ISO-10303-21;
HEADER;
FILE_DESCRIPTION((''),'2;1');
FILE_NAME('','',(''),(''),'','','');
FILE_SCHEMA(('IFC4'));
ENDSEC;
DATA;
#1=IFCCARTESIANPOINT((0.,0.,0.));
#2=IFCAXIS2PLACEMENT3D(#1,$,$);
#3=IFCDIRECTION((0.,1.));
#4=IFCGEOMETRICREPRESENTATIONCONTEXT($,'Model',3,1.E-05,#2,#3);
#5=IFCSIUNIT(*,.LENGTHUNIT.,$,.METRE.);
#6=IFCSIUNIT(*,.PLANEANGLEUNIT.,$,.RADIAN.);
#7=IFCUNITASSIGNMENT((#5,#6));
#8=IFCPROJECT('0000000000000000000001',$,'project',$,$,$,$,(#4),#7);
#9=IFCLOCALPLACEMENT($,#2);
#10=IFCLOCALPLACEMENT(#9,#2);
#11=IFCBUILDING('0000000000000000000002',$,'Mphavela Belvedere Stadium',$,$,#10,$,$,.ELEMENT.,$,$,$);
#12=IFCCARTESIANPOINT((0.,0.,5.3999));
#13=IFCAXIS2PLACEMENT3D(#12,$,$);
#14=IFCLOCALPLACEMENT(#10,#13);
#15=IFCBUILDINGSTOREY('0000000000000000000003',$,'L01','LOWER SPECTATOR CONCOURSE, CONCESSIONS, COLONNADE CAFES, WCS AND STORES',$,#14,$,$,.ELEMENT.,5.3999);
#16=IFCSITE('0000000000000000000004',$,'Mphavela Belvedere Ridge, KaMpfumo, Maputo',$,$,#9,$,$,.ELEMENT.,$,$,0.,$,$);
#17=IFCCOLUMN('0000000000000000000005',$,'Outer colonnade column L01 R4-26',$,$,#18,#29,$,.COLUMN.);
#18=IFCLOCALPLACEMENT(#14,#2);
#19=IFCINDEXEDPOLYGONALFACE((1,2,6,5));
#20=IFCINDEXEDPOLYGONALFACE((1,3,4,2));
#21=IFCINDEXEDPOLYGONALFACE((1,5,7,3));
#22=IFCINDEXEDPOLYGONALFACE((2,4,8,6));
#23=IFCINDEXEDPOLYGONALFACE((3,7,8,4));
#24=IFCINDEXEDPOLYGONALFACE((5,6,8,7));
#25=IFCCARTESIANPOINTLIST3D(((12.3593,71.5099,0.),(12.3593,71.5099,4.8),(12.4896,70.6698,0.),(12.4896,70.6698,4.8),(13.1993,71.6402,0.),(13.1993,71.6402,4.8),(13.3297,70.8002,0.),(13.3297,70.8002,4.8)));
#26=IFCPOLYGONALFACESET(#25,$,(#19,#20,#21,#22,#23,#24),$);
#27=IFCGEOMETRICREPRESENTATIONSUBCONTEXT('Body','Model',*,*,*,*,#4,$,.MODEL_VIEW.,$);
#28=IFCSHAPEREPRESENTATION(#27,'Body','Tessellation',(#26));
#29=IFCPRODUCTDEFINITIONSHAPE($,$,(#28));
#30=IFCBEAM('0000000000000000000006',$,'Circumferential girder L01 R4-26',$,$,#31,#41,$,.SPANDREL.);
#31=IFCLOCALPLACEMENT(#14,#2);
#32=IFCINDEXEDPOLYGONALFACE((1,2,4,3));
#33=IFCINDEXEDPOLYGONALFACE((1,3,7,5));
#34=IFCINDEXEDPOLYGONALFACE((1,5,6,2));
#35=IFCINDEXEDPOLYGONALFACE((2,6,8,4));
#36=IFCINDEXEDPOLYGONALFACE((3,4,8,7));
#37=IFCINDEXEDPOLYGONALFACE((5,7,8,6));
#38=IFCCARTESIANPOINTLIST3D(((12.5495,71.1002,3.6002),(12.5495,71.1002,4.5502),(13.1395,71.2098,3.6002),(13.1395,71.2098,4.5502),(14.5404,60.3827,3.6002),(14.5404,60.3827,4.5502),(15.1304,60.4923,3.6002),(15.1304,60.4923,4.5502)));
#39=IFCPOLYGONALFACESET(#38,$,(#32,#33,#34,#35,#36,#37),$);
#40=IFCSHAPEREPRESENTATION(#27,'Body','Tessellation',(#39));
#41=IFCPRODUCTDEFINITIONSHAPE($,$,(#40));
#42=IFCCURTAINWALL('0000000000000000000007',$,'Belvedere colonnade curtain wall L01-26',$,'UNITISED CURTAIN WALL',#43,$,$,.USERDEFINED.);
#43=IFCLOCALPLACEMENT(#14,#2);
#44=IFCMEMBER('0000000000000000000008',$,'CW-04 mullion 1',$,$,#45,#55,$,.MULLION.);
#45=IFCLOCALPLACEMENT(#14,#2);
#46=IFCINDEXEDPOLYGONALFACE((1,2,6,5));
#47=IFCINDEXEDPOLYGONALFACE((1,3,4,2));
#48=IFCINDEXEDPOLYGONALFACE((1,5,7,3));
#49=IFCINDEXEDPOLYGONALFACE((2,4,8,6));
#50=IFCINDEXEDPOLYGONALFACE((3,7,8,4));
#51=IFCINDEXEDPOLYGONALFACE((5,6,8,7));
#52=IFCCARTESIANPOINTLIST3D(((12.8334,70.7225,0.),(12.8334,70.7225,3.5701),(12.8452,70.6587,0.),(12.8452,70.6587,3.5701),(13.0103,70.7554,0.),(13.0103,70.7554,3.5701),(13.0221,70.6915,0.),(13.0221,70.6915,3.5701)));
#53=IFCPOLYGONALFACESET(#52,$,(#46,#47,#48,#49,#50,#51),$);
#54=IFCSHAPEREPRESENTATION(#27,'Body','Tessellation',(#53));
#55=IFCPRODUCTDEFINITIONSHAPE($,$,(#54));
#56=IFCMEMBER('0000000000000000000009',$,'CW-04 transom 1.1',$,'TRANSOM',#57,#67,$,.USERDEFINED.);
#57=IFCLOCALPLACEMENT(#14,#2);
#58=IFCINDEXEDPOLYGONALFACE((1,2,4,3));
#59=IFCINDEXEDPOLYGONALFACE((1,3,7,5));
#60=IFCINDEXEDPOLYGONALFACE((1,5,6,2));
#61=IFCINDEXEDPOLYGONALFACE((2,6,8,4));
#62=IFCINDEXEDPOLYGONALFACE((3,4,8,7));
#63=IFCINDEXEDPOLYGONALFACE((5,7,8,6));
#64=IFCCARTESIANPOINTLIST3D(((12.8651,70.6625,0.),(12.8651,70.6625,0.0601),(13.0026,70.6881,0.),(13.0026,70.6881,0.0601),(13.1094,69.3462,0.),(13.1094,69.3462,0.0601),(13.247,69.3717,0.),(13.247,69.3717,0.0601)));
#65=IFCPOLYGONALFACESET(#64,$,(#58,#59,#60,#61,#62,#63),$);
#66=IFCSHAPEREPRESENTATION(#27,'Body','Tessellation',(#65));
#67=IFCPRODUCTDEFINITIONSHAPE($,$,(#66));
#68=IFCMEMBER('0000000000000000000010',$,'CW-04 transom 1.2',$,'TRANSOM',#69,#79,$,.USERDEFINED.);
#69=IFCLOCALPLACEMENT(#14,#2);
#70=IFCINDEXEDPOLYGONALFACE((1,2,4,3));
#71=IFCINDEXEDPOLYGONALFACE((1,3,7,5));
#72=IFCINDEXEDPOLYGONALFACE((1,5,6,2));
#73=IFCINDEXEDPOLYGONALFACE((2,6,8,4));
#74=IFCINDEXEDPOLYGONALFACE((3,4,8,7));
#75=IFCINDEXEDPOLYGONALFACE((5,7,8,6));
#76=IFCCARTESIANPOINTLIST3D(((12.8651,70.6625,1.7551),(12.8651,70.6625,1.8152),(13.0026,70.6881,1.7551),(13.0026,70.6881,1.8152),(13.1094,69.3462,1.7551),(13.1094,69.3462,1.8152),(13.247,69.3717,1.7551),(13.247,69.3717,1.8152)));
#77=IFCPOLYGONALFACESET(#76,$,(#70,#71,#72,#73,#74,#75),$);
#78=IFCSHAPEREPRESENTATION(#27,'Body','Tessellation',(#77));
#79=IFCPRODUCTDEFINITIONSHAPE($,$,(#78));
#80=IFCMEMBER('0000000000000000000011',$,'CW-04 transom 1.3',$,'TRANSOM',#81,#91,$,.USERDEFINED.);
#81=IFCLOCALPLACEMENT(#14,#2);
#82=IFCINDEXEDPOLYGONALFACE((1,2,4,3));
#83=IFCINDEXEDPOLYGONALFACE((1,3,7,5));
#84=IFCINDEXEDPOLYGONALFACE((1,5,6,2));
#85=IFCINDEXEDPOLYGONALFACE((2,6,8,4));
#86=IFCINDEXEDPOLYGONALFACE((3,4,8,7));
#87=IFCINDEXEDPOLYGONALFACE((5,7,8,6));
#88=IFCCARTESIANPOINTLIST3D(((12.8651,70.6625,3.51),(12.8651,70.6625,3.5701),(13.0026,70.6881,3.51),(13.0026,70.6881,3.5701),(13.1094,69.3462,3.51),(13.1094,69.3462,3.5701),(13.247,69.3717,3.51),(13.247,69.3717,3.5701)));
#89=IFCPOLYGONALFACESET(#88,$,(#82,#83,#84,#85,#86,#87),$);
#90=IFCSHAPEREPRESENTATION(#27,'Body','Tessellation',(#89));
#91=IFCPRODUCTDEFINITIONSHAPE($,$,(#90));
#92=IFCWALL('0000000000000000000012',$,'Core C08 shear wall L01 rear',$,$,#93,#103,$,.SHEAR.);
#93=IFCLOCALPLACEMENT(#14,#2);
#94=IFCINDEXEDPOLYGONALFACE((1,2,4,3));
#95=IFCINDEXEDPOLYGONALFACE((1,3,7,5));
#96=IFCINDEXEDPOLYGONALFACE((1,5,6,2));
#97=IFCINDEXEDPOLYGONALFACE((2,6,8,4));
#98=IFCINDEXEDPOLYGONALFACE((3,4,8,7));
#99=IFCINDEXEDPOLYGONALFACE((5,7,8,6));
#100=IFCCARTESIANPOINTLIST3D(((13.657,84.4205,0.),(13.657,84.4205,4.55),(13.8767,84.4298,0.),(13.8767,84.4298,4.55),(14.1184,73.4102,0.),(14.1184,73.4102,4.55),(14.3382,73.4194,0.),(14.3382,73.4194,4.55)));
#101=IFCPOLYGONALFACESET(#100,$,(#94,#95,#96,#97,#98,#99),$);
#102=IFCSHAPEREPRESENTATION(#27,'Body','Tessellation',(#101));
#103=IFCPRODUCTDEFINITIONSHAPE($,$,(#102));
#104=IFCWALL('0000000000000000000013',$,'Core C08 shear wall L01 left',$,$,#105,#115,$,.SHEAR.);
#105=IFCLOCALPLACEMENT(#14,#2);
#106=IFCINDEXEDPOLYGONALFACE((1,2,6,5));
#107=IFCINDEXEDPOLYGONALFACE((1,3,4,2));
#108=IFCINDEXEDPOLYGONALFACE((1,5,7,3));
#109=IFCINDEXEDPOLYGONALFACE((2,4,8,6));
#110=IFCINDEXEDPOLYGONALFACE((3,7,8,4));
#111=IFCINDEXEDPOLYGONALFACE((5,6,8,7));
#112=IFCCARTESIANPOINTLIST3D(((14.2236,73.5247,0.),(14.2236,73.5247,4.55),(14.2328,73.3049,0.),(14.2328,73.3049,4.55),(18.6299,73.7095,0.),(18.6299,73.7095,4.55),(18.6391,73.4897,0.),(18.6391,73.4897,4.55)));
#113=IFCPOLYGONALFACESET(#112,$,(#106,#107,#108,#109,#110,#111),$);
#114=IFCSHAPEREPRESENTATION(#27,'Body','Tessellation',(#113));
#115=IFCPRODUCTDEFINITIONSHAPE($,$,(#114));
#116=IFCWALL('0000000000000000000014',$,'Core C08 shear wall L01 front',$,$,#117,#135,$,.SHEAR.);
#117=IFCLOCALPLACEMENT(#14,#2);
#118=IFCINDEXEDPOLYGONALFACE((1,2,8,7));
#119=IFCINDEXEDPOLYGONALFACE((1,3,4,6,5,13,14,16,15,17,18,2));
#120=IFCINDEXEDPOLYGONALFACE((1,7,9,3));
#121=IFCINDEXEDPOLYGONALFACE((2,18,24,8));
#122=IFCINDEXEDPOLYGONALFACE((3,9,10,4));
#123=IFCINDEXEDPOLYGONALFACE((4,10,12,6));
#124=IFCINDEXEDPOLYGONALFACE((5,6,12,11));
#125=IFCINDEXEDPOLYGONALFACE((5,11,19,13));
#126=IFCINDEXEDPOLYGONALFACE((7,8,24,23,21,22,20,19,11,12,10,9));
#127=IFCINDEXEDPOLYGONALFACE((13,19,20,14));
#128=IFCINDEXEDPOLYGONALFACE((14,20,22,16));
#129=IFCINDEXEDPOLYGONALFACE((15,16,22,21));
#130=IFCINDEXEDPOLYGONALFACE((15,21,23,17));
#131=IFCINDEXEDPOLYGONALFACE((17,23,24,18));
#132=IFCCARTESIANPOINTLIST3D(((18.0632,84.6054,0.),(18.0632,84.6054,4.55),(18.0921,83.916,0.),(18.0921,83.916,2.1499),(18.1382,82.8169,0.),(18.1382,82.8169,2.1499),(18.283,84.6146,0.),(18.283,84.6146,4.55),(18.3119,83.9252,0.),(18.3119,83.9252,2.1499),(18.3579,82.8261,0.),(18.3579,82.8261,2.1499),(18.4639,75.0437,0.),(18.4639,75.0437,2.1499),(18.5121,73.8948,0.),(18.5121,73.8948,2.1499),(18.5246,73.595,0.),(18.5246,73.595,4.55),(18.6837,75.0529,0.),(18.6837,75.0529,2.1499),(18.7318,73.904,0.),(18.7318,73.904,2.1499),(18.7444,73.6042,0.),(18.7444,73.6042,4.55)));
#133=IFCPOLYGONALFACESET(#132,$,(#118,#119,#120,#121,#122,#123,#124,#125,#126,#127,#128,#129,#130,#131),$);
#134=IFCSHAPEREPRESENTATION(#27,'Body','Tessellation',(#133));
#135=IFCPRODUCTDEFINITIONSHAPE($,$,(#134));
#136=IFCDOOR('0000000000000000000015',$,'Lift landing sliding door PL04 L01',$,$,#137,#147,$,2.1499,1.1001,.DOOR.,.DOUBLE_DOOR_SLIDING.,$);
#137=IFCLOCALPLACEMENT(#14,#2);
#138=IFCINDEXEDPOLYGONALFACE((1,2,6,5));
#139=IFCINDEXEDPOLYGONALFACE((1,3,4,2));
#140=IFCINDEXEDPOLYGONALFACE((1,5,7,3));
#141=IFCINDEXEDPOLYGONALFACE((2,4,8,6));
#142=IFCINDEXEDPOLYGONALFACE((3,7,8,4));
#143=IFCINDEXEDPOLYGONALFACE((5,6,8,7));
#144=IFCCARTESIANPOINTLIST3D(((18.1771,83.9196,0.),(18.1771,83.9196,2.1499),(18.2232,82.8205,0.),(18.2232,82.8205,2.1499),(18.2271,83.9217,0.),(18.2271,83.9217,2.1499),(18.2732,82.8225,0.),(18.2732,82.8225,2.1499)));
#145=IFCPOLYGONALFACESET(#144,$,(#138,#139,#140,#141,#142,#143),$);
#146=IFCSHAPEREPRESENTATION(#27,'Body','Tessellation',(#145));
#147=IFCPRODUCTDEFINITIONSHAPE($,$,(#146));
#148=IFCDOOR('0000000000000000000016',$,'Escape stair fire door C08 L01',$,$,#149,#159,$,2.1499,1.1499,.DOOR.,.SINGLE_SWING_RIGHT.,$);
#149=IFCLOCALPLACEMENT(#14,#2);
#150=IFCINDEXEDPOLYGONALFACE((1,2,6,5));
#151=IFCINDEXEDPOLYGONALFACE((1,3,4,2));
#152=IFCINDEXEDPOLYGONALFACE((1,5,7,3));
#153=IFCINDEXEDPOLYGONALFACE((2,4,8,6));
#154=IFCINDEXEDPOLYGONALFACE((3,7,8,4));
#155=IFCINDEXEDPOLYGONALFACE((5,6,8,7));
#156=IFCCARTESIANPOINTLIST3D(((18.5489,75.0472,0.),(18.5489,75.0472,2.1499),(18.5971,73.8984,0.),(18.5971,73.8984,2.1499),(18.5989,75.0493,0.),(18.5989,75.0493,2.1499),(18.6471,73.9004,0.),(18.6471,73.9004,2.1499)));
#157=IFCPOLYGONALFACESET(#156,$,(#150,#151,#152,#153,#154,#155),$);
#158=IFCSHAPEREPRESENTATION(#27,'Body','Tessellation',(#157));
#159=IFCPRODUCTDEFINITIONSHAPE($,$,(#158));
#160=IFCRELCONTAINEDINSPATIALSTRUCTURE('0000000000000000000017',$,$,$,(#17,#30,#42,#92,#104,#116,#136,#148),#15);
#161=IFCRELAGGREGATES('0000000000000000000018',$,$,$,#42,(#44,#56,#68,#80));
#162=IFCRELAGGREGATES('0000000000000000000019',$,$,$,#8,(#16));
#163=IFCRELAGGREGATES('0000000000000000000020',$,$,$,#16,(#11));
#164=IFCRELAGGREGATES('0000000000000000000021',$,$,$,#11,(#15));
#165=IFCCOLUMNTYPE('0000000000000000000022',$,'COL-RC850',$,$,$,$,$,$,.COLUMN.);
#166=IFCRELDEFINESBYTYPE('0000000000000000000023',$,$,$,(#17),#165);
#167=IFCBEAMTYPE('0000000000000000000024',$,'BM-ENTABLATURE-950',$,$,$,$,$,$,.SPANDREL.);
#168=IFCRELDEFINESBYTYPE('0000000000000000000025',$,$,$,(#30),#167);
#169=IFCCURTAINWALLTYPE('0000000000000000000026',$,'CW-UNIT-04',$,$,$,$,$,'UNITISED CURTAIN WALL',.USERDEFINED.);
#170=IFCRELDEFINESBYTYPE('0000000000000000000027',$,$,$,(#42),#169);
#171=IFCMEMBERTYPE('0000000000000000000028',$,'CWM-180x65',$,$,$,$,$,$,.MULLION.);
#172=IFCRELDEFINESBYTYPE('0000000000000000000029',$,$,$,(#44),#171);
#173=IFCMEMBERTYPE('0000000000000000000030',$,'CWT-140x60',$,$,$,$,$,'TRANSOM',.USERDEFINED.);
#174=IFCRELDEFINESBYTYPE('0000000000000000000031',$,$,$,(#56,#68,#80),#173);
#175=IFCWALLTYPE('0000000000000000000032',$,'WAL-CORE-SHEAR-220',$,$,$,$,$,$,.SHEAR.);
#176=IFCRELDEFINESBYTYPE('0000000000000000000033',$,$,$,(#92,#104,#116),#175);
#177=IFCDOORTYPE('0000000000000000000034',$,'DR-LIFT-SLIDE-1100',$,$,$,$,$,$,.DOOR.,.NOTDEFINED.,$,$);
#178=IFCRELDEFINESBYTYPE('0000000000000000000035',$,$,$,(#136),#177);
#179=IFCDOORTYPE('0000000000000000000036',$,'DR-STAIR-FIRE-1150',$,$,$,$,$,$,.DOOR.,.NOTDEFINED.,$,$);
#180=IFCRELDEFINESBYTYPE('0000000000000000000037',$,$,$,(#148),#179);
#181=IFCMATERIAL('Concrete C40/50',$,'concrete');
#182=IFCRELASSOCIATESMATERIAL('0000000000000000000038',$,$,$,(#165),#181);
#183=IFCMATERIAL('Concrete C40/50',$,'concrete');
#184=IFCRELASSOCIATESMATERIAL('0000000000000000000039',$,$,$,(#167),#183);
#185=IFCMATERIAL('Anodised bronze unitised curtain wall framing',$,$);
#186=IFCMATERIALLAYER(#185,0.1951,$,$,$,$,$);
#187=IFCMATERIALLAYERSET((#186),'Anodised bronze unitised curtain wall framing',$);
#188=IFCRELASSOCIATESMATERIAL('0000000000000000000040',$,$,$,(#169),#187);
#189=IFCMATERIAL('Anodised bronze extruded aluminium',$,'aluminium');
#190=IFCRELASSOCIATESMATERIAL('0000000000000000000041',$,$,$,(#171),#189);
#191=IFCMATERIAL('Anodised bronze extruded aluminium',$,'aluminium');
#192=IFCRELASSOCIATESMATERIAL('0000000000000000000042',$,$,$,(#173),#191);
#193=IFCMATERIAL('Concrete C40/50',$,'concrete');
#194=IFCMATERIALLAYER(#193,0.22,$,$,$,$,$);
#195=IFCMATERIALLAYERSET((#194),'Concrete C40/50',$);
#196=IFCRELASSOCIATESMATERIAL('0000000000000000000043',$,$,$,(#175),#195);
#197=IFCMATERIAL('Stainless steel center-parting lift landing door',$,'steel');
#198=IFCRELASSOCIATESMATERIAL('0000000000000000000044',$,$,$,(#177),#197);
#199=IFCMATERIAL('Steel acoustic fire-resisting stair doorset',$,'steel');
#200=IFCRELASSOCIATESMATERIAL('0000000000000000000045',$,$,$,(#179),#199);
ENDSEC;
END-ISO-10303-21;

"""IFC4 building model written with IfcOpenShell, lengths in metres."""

from ifc_helpers import new_model, si_unit, direction, frame, frame_2d, origin, origin_2d, place, context, subcontext, project, spatial, rectangle, extrude, material, layer, layer_set, material_profile, profile_set, type_object, element, fill, aggregate, save


model = new_model("IFC4")

# Units and contexts
model_context = context("Model", 3, precision=1e-05, world=origin(), true_north=direction((0.0, 1.0)))
body_context = subcontext(model_context, "Body", "Model", "MODEL_VIEW")
ifc_project = project(units=[si_unit("LENGTHUNIT", "METRE"), si_unit("PLANEANGLEUNIT", "RADIAN")], contexts=[model_context])

# Site, building, storey
site_placement = place(None, origin())
site = spatial("IfcSite", under=ifc_project, at=site_placement, Name="Mphavela Belvedere Ridge, KaMpfumo, Maputo", CompositionType="ELEMENT", RefElevation=0.0)
building_placement = place(site_placement, origin())
building = spatial("IfcBuilding", under=site, at=building_placement, Name="Mphavela Belvedere Stadium", CompositionType="ELEMENT")
storey_placement = place(building_placement, frame((0.0, 0.0, 5.3999)))
storey = spatial("IfcBuildingStorey", under=building, at=storey_placement, Name="L01", Description="LOWER SPECTATOR CONCOURSE, CONCESSIONS, COLONNADE CAFES, WCS AND STORES", CompositionType="ELEMENT", Elevation=5.3999)

# Column
ifc_material_1 = material(Name="Concrete C40/50", Category="concrete")
ifc_material_profile_1 = material_profile(ifc_material_1, rectangle(XDim=0.8501, YDim=0.8501, at=origin_2d()), Name="RC 850x850")
ifc_profile_set_1 = profile_set([ifc_material_profile_1], Name="Concrete C40/50")
column_type = type_object("IfcColumnType", Name="COL-RC850", PredefinedType="COLUMN", material=ifc_profile_set_1)
column_placement = place(storey_placement, frame((12.8445, 71.155, 0.0), z_axis=(0.0, 0.0, 1.0), x_axis=(-0.988175, -0.153331, 0.0)))
element("IfcColumn", 1, at=column_placement, inside=storey, type_object=column_type, Name="Outer colonnade column L01 R4-26", PredefinedType="COLUMN", context=body_context, shape_type="SweptSolid", body=[
    extrude(rectangle(XDim=0.8501, YDim=0.8501, at=origin_2d()), origin(), (0.0, 0.0, 1.0), 4.8),
])

# Beam
ifc_material_2 = material(Name="Concrete C40/50", Category="concrete")
ifc_material_profile_2 = material_profile(ifc_material_2, rectangle(XDim=0.6001, YDim=0.95, at=origin_2d()), Name="RC 600x950")
ifc_profile_set_2 = profile_set([ifc_material_profile_2], Name="Concrete C40/50")
beam_type = type_object("IfcBeamType", Name="BM-ENTABLATURE-950", PredefinedType="SPANDREL", material=ifc_profile_set_2)
beam_placement = place(storey_placement, frame((12.8445, 71.155, 4.0752), z_axis=(0.182643, -0.983179, 0.0), x_axis=(0.983179, 0.182643, 0.0)))
element("IfcBeam", 2, at=beam_placement, inside=storey, type_object=beam_type, Name="Circumferential girder L01 R4-26", PredefinedType="SPANDREL", context=body_context, shape_type="SweptSolid", body=[
    extrude(rectangle(XDim=0.6001, YDim=0.95, at=origin_2d()), origin(), (0.0, 0.0, 1.0), 10.9009),
])

# Curtain wall, members
ifc_material_3 = material(Name="Anodised bronze unitised curtain wall framing")
ifc_layer_1 = layer(ifc_material_3, 0.1951)
ifc_layer_set_1 = layer_set([ifc_layer_1], Name="Anodised bronze unitised curtain wall framing")
curtain_wall_type = type_object("IfcCurtainWallType", Name="CW-UNIT-04", ElementType="UNITISED CURTAIN WALL", PredefinedType="USERDEFINED", material=ifc_layer_set_1)
curtain_wall_placement = place(storey_placement, origin())
curtain_wall = element("IfcCurtainWall", 3, at=curtain_wall_placement, inside=storey, type_object=curtain_wall_type, Name="Belvedere colonnade curtain wall L01-26", ObjectType="UNITISED CURTAIN WALL", PredefinedType="USERDEFINED")
ifc_material_4 = material(Name="Anodised bronze extruded aluminium", Category="aluminium")
ifc_material_profile_3 = material_profile(ifc_material_4, rectangle(XDim=0.1799, YDim=0.0649, at=origin_2d()), Name="CW-MUL 180x65")
ifc_profile_set_3 = profile_set([ifc_material_profile_3], Name="Anodised bronze extruded aluminium")
member_type_1 = type_object("IfcMemberType", Name="CWM-180x65", PredefinedType="MULLION", material=ifc_profile_set_3)
member_1_placement = place(storey_placement, frame((12.9277, 70.707, 0.0), z_axis=(0.0, 0.0, 1.0), x_axis=(0.983184, 0.18262, 0.0)))
member_1 = element("IfcMember", 4, at=member_1_placement, type_object=member_type_1, Name="CW-04 mullion 1", PredefinedType="MULLION", context=body_context, shape_type="SweptSolid", body=[
    extrude(rectangle(XDim=0.1799, YDim=0.0649, at=origin_2d()), origin(), (0.0, 0.0, 1.0), 3.5701),
])
ifc_material_5 = material(Name="Anodised bronze extruded aluminium", Category="aluminium")
ifc_material_profile_4 = material_profile(ifc_material_5, rectangle(XDim=0.1399, YDim=0.0601, at=origin_2d()), Name="CW-TRN 140x60")
ifc_profile_set_4 = profile_set([ifc_material_profile_4], Name="Anodised bronze extruded aluminium")
member_type_2 = type_object("IfcMemberType", Name="CWT-140x60", ElementType="TRANSOM", PredefinedType="USERDEFINED", material=ifc_profile_set_4)
member_2_placement = place(storey_placement, frame((12.9338, 70.6753, 0.03), z_axis=(0.182527, -0.983201, 0.0), x_axis=(0.983201, 0.182527, 0.0)))
member_2 = element("IfcMember", 5, at=member_2_placement, type_object=member_type_2, Name="CW-04 transom 1.1", ObjectType="TRANSOM", PredefinedType="USERDEFINED", context=body_context, shape_type="SweptSolid", body=[
    extrude(rectangle(XDim=0.1399, YDim=0.0601, at=origin_2d()), origin(), (0.0, 0.0, 1.0), 1.3389),
])
member_3_placement = place(storey_placement, frame((12.9338, 70.6753, 1.7852), z_axis=(0.182527, -0.983201, 0.0), x_axis=(0.983201, 0.182527, 0.0)))
member_3 = element("IfcMember", 6, at=member_3_placement, type_object=member_type_2, Name="CW-04 transom 1.2", ObjectType="TRANSOM", PredefinedType="USERDEFINED", context=body_context, shape_type="SweptSolid", body=[
    extrude(rectangle(XDim=0.1399, YDim=0.0601, at=origin_2d()), origin(), (0.0, 0.0, 1.0), 1.3389),
])
member_4_placement = place(storey_placement, frame((12.9338, 70.6753, 3.54), z_axis=(0.182527, -0.983201, 0.0), x_axis=(0.983201, 0.182527, 0.0)))
member_4 = element("IfcMember", 7, at=member_4_placement, type_object=member_type_2, Name="CW-04 transom 1.3", ObjectType="TRANSOM", PredefinedType="USERDEFINED", context=body_context, shape_type="SweptSolid", body=[
    extrude(rectangle(XDim=0.1399, YDim=0.0601, at=origin_2d()), origin(), (0.0, 0.0, 1.0), 1.3389),
])
aggregate(curtain_wall, [member_1, member_2, member_3, member_4])

# Walls
ifc_material_6 = material(Name="Concrete C40/50", Category="concrete")
ifc_layer_2 = layer(ifc_material_6, 0.22)
ifc_layer_set_2 = layer_set([ifc_layer_2], Name="Concrete C40/50")
wall_type = type_object("IfcWallType", Name="WAL-CORE-SHEAR-220", PredefinedType="SHEAR", material=ifc_layer_set_2)
wall_1_placement = place(storey_placement, frame((14.2283, 73.4148, 0.0), z_axis=(0.0, 0.0, 1.0), x_axis=(-0.041872, 0.999123, 0.0)))
element("IfcWall", 8, at=wall_1_placement, inside=storey, type_object=wall_type, Name="Core C08 shear wall L01 rear", PredefinedType="SHEAR", context=body_context, shape_type="SweptSolid", body=[
    extrude(rectangle(XDim=11.02, YDim=0.22, at=frame_2d((5.51, 0.0))), origin(), (0.0, 0.0, 1.0), 4.55),
])
wall_2_placement = place(storey_placement, frame((18.6345, 73.5996, 0.0), z_axis=(0.0, 0.0, 1.0), x_axis=(-0.999122, -0.041907, 0.0)))
element("IfcWall", 9, at=wall_2_placement, inside=storey, type_object=wall_type, Name="Core C08 shear wall L01 left", PredefinedType="SHEAR", context=body_context, shape_type="SweptSolid", body=[
    extrude(rectangle(XDim=4.4102, YDim=0.22, at=frame_2d((2.2051, 0.0))), origin(), (0.0, 0.0, 1.0), 4.55),
])

# Wall, openings, doors
wall_3_placement = place(storey_placement, frame((18.6345, 73.5996, 0.0), z_axis=(0.0, 0.0, 1.0), x_axis=(-0.041872, 0.999123, 0.0)))
wall_3 = element("IfcWall", 10, at=wall_3_placement, inside=storey, type_object=wall_type, Name="Core C08 shear wall L01 front", PredefinedType="SHEAR", context=body_context, shape_type="SweptSolid", body=[
    extrude(rectangle(XDim=11.02, YDim=0.22, at=frame_2d((5.51, 0.0))), origin(), (0.0, 0.0, 1.0), 4.55),
])
opening_1_placement = place(wall_3_placement, frame((0.3, 0.0, 0.0)))
opening_1 = element("IfcOpeningElement", 11, at=opening_1_placement, cuts=wall_3, PredefinedType="OPENING", context=body_context, shape_type="SweptSolid", body=[
    extrude(rectangle(XDim=1.1499, YDim=2.1499, at=frame_2d((0.575, 1.075))), frame((0.0, 0.1201, 0.0), z_axis=(0.0, -1.0, 0.0), x_axis=(1.0, 0.0, 0.0)), (0.0, 0.0, 1.0), 0.24),
])
opening_2_placement = place(wall_3_placement, frame((9.23, 0.0, 0.0)))
opening_2 = element("IfcOpeningElement", 12, at=opening_2_placement, cuts=wall_3, PredefinedType="OPENING", context=body_context, shape_type="SweptSolid", body=[
    extrude(rectangle(XDim=1.1001, YDim=2.1499, at=frame_2d((0.55, 1.075))), frame((0.0, 0.1201, 0.0), z_axis=(0.0, -1.0, 0.0), x_axis=(1.0, 0.0, 0.0)), (0.0, 0.0, 1.0), 0.24),
])
ifc_material_7 = material(Name="Stainless steel center-parting lift landing door", Category="steel")
door_type_1 = type_object("IfcDoorType", Name="DR-LIFT-SLIDE-1100", OperationType="NOTDEFINED", PredefinedType="DOOR", material=ifc_material_7)
door_1_placement = place(opening_2_placement, origin())
door_1 = element("IfcDoor", 13, at=door_1_placement, inside=storey, type_object=door_type_1, Name="Lift landing sliding door PL04 L01", OperationType="DOUBLE_DOOR_SLIDING", OverallHeight=2.1499, OverallWidth=1.1001, PredefinedType="DOOR", context=body_context, shape_type="SweptSolid", body=[
    extrude(rectangle(XDim=1.1001, YDim=2.1499, at=frame_2d((0.55, 1.075))), frame((0.0, 0.0249, 0.0), z_axis=(0.0, -1.0, 0.0), x_axis=(1.0, 0.0, 0.0)), (0.0, 0.0, 1.0), 0.05),
])
fill(opening_2, door_1)
ifc_material_8 = material(Name="Steel acoustic fire-resisting stair doorset", Category="steel")
door_type_2 = type_object("IfcDoorType", Name="DR-STAIR-FIRE-1150", OperationType="NOTDEFINED", PredefinedType="DOOR", material=ifc_material_8)
door_2_placement = place(opening_1_placement, origin())
door_2 = element("IfcDoor", 14, at=door_2_placement, inside=storey, type_object=door_type_2, Name="Escape stair fire door C08 L01", OperationType="SINGLE_SWING_RIGHT", OverallHeight=2.1499, OverallWidth=1.1499, PredefinedType="DOOR", context=body_context, shape_type="SweptSolid", body=[
    extrude(rectangle(XDim=1.1499, YDim=2.1499, at=frame_2d((0.575, 1.075))), frame((0.0, 0.0249, 0.0), z_axis=(0.0, -1.0, 0.0), x_axis=(1.0, 0.0, 0.0)), (0.0, 0.0, 1.0), 0.05),
])
fill(opening_1, door_2)

save(model, "model.ifc")
